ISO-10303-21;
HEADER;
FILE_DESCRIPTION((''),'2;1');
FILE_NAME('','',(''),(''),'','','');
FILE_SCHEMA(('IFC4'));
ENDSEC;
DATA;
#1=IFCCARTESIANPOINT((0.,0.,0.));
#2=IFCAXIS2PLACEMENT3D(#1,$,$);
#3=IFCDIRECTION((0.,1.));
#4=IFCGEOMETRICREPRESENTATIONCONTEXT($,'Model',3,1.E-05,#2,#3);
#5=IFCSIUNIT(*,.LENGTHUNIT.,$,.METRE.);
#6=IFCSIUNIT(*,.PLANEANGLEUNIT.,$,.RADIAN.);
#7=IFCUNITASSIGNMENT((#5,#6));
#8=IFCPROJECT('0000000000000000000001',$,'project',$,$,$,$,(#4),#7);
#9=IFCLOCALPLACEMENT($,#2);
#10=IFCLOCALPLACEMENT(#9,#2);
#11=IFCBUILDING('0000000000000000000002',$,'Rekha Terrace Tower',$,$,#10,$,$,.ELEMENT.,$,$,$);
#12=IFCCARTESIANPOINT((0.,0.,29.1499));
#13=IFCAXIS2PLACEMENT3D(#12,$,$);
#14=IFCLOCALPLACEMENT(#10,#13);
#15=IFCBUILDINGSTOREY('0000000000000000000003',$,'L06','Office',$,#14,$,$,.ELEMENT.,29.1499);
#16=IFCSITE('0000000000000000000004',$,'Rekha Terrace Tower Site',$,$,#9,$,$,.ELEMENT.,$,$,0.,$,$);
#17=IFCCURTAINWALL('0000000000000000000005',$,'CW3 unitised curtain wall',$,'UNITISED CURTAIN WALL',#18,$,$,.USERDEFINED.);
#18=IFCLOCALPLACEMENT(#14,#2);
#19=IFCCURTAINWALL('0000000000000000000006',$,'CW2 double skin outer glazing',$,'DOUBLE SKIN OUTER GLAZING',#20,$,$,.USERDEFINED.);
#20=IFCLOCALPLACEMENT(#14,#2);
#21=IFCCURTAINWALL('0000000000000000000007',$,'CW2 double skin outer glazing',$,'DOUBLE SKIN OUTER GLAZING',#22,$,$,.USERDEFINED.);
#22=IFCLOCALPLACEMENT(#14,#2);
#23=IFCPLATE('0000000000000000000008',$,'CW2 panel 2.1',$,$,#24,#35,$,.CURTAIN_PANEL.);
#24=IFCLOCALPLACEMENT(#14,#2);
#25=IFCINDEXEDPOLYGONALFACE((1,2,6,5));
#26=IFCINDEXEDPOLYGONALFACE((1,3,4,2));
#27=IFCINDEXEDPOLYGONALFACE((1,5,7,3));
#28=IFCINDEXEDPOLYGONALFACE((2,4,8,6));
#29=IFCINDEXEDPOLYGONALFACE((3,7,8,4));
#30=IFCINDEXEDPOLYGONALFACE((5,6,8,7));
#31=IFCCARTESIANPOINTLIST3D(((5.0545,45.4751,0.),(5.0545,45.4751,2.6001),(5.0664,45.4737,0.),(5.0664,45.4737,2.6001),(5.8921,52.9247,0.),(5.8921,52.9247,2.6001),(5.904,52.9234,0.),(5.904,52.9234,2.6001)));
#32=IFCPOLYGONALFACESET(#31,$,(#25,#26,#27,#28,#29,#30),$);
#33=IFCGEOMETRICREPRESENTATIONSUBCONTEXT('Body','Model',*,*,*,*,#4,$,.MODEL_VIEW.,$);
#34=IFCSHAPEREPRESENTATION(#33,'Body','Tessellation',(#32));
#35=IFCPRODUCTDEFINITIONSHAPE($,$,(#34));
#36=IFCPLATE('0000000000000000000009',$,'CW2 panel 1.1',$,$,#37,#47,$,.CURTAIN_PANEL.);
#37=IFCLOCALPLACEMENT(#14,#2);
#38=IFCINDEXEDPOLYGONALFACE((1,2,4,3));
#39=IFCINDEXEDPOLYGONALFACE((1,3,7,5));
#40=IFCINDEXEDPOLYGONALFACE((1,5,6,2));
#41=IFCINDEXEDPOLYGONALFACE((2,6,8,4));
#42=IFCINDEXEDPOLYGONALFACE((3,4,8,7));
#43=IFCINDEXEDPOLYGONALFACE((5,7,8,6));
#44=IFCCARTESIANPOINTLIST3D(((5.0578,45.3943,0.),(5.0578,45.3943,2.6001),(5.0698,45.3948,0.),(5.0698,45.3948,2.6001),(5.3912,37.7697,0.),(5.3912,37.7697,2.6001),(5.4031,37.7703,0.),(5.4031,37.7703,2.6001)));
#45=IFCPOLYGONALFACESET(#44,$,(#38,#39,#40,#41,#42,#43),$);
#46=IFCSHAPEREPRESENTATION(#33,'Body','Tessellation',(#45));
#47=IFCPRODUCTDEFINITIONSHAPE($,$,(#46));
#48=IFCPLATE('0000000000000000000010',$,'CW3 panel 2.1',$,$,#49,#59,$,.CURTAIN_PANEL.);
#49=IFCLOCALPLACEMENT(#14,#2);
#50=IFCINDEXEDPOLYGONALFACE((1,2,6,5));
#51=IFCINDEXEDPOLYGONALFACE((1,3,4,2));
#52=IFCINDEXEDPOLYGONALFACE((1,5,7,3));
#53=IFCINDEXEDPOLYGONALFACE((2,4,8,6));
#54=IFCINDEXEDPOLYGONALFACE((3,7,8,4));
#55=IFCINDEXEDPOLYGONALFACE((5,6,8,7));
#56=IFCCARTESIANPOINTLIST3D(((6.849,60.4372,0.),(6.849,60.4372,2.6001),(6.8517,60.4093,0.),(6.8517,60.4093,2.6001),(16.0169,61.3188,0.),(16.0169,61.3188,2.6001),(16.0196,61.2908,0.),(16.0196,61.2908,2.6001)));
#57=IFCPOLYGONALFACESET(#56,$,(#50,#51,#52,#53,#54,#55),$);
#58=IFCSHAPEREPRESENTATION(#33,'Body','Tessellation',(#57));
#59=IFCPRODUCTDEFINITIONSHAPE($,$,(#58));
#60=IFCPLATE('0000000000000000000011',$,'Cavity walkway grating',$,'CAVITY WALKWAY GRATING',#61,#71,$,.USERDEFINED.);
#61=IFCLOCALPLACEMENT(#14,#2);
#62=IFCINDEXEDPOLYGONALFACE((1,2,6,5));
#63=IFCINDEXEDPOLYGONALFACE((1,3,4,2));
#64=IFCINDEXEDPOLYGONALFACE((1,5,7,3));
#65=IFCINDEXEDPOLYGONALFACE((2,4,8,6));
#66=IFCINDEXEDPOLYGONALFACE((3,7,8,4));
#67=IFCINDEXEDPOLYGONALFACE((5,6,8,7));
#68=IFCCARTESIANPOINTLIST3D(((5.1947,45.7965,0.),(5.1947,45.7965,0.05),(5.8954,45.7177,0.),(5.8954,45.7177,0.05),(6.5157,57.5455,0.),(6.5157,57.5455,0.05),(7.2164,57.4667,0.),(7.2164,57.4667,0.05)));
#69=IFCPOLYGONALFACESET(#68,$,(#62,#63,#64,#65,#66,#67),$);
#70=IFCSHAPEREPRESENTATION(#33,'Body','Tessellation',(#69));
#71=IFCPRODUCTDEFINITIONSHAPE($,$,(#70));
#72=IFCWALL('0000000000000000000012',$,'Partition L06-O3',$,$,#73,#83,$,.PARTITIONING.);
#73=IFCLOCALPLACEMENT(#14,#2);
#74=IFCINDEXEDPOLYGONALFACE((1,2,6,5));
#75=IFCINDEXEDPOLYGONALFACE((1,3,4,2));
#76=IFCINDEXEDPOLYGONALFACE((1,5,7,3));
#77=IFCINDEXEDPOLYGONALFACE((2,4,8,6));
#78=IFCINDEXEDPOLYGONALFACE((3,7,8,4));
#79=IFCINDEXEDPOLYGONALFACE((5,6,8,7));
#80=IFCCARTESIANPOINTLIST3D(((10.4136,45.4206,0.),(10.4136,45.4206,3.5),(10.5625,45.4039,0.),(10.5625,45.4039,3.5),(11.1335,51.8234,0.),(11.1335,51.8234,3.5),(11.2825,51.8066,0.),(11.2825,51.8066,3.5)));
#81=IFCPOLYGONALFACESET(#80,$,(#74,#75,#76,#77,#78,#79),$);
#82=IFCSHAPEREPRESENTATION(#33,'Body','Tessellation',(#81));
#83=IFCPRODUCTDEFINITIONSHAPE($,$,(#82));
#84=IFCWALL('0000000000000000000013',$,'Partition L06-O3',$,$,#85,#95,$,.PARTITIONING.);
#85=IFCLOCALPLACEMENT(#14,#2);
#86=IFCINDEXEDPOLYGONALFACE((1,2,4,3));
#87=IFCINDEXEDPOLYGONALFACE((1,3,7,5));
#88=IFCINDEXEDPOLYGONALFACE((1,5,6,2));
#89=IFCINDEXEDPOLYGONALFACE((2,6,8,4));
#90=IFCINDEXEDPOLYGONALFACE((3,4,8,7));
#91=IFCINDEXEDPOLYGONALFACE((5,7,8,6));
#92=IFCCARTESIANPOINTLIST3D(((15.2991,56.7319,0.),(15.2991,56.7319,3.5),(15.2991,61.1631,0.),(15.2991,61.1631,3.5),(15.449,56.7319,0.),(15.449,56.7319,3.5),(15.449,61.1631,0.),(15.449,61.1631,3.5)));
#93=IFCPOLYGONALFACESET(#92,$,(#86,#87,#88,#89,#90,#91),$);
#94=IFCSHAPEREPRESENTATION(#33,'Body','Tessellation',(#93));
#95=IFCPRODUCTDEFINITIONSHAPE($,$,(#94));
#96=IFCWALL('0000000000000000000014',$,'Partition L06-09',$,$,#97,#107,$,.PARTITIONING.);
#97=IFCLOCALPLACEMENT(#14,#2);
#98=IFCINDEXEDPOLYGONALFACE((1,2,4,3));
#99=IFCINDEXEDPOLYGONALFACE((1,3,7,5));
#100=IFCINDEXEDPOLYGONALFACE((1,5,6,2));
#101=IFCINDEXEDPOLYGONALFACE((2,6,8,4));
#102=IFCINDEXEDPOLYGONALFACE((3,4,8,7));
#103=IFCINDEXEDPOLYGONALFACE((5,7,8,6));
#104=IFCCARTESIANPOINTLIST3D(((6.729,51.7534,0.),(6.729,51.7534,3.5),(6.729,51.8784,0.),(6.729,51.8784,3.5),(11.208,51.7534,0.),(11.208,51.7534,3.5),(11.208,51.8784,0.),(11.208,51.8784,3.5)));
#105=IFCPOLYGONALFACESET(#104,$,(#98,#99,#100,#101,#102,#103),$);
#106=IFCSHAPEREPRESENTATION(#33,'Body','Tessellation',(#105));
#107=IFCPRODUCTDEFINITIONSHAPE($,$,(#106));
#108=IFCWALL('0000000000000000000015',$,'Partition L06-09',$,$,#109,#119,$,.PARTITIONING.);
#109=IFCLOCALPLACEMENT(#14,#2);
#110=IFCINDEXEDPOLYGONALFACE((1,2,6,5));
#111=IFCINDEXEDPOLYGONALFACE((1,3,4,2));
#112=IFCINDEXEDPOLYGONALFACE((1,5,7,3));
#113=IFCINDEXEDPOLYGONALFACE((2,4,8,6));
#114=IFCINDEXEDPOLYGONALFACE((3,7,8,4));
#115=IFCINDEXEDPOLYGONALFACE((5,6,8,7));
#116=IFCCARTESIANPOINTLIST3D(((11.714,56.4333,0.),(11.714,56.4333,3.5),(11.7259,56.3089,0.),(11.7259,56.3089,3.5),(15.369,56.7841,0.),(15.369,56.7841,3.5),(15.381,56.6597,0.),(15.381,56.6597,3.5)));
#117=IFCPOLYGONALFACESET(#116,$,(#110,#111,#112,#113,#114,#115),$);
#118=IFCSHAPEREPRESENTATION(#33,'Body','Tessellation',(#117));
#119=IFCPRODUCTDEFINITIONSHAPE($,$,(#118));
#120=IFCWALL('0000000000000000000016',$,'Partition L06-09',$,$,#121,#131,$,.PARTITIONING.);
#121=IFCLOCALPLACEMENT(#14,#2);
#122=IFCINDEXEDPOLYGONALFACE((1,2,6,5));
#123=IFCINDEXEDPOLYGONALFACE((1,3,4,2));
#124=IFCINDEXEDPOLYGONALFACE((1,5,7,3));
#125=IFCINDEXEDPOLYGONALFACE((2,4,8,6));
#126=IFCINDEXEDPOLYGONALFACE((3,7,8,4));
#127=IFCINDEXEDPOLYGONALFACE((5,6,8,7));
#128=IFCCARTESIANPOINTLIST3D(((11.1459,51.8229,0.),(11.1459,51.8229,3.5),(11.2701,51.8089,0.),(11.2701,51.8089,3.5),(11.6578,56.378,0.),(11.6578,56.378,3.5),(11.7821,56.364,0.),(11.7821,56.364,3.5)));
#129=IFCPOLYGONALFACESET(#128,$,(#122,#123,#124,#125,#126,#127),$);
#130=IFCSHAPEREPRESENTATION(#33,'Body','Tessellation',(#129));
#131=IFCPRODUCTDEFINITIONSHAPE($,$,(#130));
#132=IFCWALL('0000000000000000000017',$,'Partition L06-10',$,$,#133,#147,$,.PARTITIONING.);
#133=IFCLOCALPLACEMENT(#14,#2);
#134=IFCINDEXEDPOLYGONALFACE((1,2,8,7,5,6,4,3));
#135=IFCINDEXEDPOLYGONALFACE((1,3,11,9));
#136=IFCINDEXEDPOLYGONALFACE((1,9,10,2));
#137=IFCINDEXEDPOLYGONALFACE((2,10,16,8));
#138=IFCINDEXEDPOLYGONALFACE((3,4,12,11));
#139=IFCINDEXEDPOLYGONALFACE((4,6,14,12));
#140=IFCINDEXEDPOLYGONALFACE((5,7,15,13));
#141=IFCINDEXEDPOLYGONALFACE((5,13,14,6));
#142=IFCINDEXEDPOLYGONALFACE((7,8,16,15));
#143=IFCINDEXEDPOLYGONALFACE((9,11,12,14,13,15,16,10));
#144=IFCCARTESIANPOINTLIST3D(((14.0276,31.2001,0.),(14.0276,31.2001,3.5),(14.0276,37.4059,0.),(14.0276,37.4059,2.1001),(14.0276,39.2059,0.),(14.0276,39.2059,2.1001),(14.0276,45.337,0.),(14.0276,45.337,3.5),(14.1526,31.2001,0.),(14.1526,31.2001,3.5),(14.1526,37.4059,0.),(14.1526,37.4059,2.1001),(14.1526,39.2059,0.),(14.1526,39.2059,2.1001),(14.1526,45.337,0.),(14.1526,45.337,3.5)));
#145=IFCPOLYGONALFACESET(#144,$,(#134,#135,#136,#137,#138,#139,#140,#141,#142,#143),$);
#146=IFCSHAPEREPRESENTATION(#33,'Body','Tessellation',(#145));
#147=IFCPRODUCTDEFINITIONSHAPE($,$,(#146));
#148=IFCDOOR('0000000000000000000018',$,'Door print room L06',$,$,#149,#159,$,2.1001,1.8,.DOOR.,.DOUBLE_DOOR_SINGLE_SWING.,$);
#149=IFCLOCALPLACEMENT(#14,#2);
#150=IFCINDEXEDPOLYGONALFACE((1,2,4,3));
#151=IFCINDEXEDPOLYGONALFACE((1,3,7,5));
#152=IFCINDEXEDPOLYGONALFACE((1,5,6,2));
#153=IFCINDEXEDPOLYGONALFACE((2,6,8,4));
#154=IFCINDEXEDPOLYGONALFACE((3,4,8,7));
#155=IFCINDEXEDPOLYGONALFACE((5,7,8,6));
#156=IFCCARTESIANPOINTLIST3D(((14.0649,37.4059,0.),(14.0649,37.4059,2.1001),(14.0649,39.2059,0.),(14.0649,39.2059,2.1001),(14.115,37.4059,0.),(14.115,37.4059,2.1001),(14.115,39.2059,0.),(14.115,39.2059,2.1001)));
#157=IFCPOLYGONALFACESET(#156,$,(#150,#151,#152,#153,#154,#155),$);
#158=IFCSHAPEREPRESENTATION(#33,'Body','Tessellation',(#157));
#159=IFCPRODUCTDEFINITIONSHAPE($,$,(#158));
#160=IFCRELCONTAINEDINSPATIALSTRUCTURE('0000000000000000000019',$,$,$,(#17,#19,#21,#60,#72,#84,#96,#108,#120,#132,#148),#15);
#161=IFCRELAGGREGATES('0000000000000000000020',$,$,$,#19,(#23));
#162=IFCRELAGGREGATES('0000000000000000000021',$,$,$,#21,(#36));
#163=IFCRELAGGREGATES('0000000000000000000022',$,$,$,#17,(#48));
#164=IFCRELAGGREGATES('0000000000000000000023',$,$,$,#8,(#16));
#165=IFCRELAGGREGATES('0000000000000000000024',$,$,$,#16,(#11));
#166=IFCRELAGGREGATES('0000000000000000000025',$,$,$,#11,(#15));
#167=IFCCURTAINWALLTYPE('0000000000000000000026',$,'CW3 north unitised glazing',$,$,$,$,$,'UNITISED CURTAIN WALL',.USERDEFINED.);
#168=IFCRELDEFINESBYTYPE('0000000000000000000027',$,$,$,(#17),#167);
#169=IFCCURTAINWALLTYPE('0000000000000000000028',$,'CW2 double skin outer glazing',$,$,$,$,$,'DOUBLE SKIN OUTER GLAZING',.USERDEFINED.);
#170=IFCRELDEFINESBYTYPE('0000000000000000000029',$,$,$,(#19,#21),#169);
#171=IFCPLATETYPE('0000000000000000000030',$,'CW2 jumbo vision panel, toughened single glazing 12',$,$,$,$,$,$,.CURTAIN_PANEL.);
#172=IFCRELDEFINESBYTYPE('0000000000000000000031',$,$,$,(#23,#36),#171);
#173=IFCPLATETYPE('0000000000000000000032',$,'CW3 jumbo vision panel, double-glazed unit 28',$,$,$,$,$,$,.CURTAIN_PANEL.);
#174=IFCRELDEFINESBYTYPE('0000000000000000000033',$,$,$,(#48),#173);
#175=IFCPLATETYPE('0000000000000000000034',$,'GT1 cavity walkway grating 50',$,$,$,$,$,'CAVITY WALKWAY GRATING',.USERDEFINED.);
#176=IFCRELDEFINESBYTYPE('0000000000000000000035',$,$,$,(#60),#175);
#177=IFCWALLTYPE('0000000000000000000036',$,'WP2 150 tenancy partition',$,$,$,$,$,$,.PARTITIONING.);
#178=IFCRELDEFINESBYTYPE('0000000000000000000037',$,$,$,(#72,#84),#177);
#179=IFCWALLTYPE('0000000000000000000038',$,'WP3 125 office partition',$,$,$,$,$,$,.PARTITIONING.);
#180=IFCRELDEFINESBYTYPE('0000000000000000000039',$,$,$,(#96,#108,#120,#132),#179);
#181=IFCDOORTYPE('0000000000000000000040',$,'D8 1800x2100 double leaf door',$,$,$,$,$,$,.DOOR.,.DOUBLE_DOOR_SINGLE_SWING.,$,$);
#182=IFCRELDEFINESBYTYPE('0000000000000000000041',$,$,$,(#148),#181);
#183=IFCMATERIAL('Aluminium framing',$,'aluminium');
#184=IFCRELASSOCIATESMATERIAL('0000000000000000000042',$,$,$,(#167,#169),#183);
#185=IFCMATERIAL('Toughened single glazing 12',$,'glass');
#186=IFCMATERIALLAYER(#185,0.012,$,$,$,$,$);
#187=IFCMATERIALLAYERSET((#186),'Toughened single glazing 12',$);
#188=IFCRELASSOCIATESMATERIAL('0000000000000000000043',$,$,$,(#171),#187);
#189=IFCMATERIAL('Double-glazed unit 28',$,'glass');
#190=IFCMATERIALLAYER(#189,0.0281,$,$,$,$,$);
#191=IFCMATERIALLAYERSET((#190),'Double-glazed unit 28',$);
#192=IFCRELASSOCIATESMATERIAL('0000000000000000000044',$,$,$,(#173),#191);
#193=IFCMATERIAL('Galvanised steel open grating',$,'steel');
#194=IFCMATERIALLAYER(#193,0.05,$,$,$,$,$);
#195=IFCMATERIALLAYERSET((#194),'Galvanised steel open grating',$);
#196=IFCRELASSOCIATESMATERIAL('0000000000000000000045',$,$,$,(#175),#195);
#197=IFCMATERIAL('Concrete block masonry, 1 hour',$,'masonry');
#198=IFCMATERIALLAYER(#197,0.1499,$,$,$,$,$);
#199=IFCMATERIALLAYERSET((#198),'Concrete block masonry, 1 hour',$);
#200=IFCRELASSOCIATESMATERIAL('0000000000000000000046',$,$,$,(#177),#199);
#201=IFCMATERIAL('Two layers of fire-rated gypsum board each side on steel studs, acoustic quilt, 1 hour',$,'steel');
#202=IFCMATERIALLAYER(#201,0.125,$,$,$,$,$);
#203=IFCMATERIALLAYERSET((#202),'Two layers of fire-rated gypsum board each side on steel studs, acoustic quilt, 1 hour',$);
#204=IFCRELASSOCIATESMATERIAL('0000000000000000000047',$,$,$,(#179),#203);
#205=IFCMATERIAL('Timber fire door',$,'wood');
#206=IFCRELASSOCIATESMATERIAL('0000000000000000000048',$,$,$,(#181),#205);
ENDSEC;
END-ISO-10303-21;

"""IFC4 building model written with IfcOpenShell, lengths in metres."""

from ifc_helpers import new_model, si_unit, direction, frame, frame_2d, origin, origin_2d, place, context, subcontext, project, spatial, rectangle, extrude, material, layer, layer_set, type_object, element, fill, aggregate, save


model = new_model("IFC4")

# Units and contexts
model_context = context("Model", 3, precision=1e-05, world=origin(), true_north=direction((0.0, 1.0)))
body_context = subcontext(model_context, "Body", "Model", "MODEL_VIEW")
ifc_project = project(units=[si_unit("LENGTHUNIT", "METRE"), si_unit("PLANEANGLEUNIT", "RADIAN")], contexts=[model_context])

# Site, building, storey
site_placement = place(None, origin())
site = spatial("IfcSite", under=ifc_project, at=site_placement, Name="Rekha Terrace Tower Site", CompositionType="ELEMENT", RefElevation=0.0)
building_placement = place(site_placement, origin())
building = spatial("IfcBuilding", under=site, at=building_placement, Name="Rekha Terrace Tower", CompositionType="ELEMENT")
storey_placement = place(building_placement, frame((0.0, 0.0, 29.1499)))
storey = spatial("IfcBuildingStorey", under=building, at=storey_placement, Name="L06", Description="Office", CompositionType="ELEMENT", Elevation=29.1499)

# Curtain walls
ifc_material_1 = material(Name="Aluminium framing", Category="aluminium")
curtain_wall_type_1 = type_object("IfcCurtainWallType", Name="CW3 north unitised glazing", ElementType="UNITISED CURTAIN WALL", PredefinedType="USERDEFINED", material=ifc_material_1)
curtain_wall_1_placement = place(storey_placement, origin())
curtain_wall_1 = element("IfcCurtainWall", 1, at=curtain_wall_1_placement, inside=storey, type_object=curtain_wall_type_1, Name="CW3 unitised curtain wall", ObjectType="UNITISED CURTAIN WALL", PredefinedType="USERDEFINED")
curtain_wall_type_2 = type_object("IfcCurtainWallType", Name="CW2 double skin outer glazing", ElementType="DOUBLE SKIN OUTER GLAZING", PredefinedType="USERDEFINED", material=ifc_material_1)
curtain_wall_2_placement = place(storey_placement, origin())
curtain_wall_2 = element("IfcCurtainWall", 2, at=curtain_wall_2_placement, inside=storey, type_object=curtain_wall_type_2, Name="CW2 double skin outer glazing", ObjectType="DOUBLE SKIN OUTER GLAZING", PredefinedType="USERDEFINED")

# Curtain wall
curtain_wall_3_placement = place(storey_placement, origin())
curtain_wall_3 = element("IfcCurtainWall", 3, at=curtain_wall_3_placement, inside=storey, type_object=curtain_wall_type_2, Name="CW2 double skin outer glazing", ObjectType="DOUBLE SKIN OUTER GLAZING", PredefinedType="USERDEFINED")

# Plates
ifc_material_2 = material(Name="Toughened single glazing 12", Category="glass")
ifc_layer_1 = layer(ifc_material_2, 0.012)
ifc_layer_set_1 = layer_set([ifc_layer_1], Name="Toughened single glazing 12")
plate_type_1 = type_object("IfcPlateType", Name="CW2 jumbo vision panel, toughened single glazing 12", PredefinedType="CURTAIN_PANEL", material=ifc_layer_set_1)
plate_1_placement = place(storey_placement, frame((5.4792, 49.1992, 0.0), z_axis=(0.0, 0.0, 1.0), x_axis=(-0.11173, -0.993739, 0.0)))
plate_1 = element("IfcPlate", 4, at=plate_1_placement, type_object=plate_type_1, Name="CW2 panel 2.1", PredefinedType="CURTAIN_PANEL", context=body_context, shape_type="SweptSolid", body=[
    extrude(rectangle(XDim=7.4966, YDim=0.012, at=origin_2d()), origin(), (0.0, 0.0, 1.0), 2.6001),
])
aggregate(curtain_wall_2, [plate_1])
plate_2_placement = place(storey_placement, frame((5.2305, 41.5823, 0.0), z_axis=(0.0, 0.0, 1.0), x_axis=(0.043683, -0.999045, 0.0)))
plate_2 = element("IfcPlate", 5, at=plate_2_placement, type_object=plate_type_1, Name="CW2 panel 1.1", PredefinedType="CURTAIN_PANEL", context=body_context, shape_type="SweptSolid", body=[
    extrude(rectangle(XDim=7.6318, YDim=0.012, at=origin_2d()), origin(), (0.0, 0.0, 1.0), 2.6001),
])
aggregate(curtain_wall_3, [plate_2])
ifc_material_3 = material(Name="Double-glazed unit 28", Category="glass")
ifc_layer_2 = layer(ifc_material_3, 0.0281)
ifc_layer_set_2 = layer_set([ifc_layer_2], Name="Double-glazed unit 28")
plate_type_2 = type_object("IfcPlateType", Name="CW3 jumbo vision panel, double-glazed unit 28", PredefinedType="CURTAIN_PANEL", material=ifc_layer_set_2)
plate_3_placement = place(storey_placement, frame((11.4343, 60.864, 0.0), z_axis=(0.0, 0.0, 1.0), x_axis=(-0.995409, -0.095712, 0.0)))
plate_3 = element("IfcPlate", 6, at=plate_3_placement, type_object=plate_type_2, Name="CW3 panel 2.1", PredefinedType="CURTAIN_PANEL", context=body_context, shape_type="SweptSolid", body=[
    extrude(rectangle(XDim=9.2102, YDim=0.0281, at=origin_2d()), origin(), (0.0, 0.0, 1.0), 2.6001),
])
aggregate(curtain_wall_1, [plate_3])
ifc_material_4 = material(Name="Galvanised steel open grating", Category="steel")
ifc_layer_3 = layer(ifc_material_4, 0.05)
ifc_layer_set_3 = layer_set([ifc_layer_3], Name="Galvanised steel open grating")
plate_type_3 = type_object("IfcPlateType", Name="GT1 cavity walkway grating 50", ElementType="CAVITY WALKWAY GRATING", PredefinedType="USERDEFINED", material=ifc_layer_set_3)
plate_4_placement = place(storey_placement, frame((6.2056, 51.6316, 0.0), z_axis=(0.0, 0.0, 1.0), x_axis=(-0.11173, -0.993739, 0.0)))
element("IfcPlate", 7, at=plate_4_placement, inside=storey, type_object=plate_type_3, Name="Cavity walkway grating", ObjectType="CAVITY WALKWAY GRATING", PredefinedType="USERDEFINED", context=body_context, shape_type="SweptSolid", body=[
    extrude(rectangle(XDim=11.823, YDim=0.7051, at=origin_2d()), origin(), (0.0, 0.0, 1.0), 0.05),
])

# Walls
ifc_material_5 = material(Name="Concrete block masonry, 1 hour", Category="masonry")
ifc_layer_4 = layer(ifc_material_5, 0.1499)
ifc_layer_set_4 = layer_set([ifc_layer_4], Name="Concrete block masonry, 1 hour")
wall_type_1 = type_object("IfcWallType", Name="WP2 150 tenancy partition", PredefinedType="PARTITIONING", material=ifc_layer_set_4)
wall_1_placement = place(storey_placement, frame((10.488, 45.4121, 0.0), z_axis=(0.0, 0.0, 1.0), x_axis=(0.111741, 0.993737, 0.0)))
element("IfcWall", 8, at=wall_1_placement, inside=storey, type_object=wall_type_1, Name="Partition L06-O3", PredefinedType="PARTITIONING", context=body_context, shape_type="SweptSolid", body=[
    extrude(rectangle(XDim=6.4431, YDim=0.1499, at=frame_2d((3.2217, 0.0))), origin(), (0.0, 0.0, 1.0), 3.5),
])
wall_2_placement = place(storey_placement, frame((15.374, 56.7319, 0.0), z_axis=(0.0, 0.0, 1.0), x_axis=(0.0, 1.0, 0.0)))
element("IfcWall", 9, at=wall_2_placement, inside=storey, type_object=wall_type_1, Name="Partition L06-O3", PredefinedType="PARTITIONING", context=body_context, shape_type="SweptSolid", body=[
    extrude(rectangle(XDim=4.4312, YDim=0.1499, at=frame_2d((2.2156, 0.0))), origin(), (0.0, 0.0, 1.0), 3.5),
])
ifc_material_6 = material(Name="Two layers of fire-rated gypsum board each side on steel studs, acoustic quilt, 1 hour", Category="steel")
ifc_layer_5 = layer(ifc_material_6, 0.125)
ifc_layer_set_5 = layer_set([ifc_layer_5], Name="Two layers of fire-rated gypsum board each side on steel studs, acoustic quilt, 1 hour")
wall_type_2 = type_object("IfcWallType", Name="WP3 125 office partition", PredefinedType="PARTITIONING", material=ifc_layer_set_5)
wall_3_placement = place(storey_placement, frame((11.208, 51.8159, 0.0), z_axis=(0.0, 0.0, 1.0), x_axis=(-1.0, 0.0, 0.0)))
element("IfcWall", 10, at=wall_3_placement, inside=storey, type_object=wall_type_2, Name="Partition L06-09", PredefinedType="PARTITIONING", context=body_context, shape_type="SweptSolid", body=[
    extrude(rectangle(XDim=4.479, YDim=0.125, at=frame_2d((2.2395, 0.0))), origin(), (0.0, 0.0, 1.0), 3.5),
])
wall_4_placement = place(storey_placement, frame((15.375, 56.7219, 0.0), z_axis=(0.0, 0.0, 1.0), x_axis=(-0.995425, -0.095546, 0.0)))
element("IfcWall", 11, at=wall_4_placement, inside=storey, type_object=wall_type_2, Name="Partition L06-09", PredefinedType="PARTITIONING", context=body_context, shape_type="SweptSolid", body=[
    extrude(rectangle(XDim=3.6719, YDim=0.125, at=frame_2d((1.8359, 0.0))), origin(), (0.0, 0.0, 1.0), 3.5),
])
wall_5_placement = place(storey_placement, frame((11.72, 56.3711, 0.0), z_axis=(0.0, 0.0, 1.0), x_axis=(-0.111688, -0.993743, 0.0)))
element("IfcWall", 12, at=wall_5_placement, inside=storey, type_object=wall_type_2, Name="Partition L06-09", PredefinedType="PARTITIONING", context=body_context, shape_type="SweptSolid", body=[
    extrude(rectangle(XDim=4.5837, YDim=0.125, at=frame_2d((2.292, 0.0))), origin(), (0.0, 0.0, 1.0), 3.5),
])

# Wall, opening, door
wall_6_placement = place(storey_placement, frame((14.0901, 45.3369, 0.0), z_axis=(0.0, 0.0, 1.0), x_axis=(0.0, -1.0, 0.0)))
wall_6 = element("IfcWall", 13, at=wall_6_placement, inside=storey, type_object=wall_type_2, Name="Partition L06-10", PredefinedType="PARTITIONING", context=body_context, shape_type="SweptSolid", body=[
    extrude(rectangle(XDim=14.137, YDim=0.125, at=frame_2d((7.0684, 0.0))), origin(), (0.0, 0.0, 1.0), 3.5),
])
opening_placement = place(wall_6_placement, frame((6.1311, 0.0, 0.0)))
opening = element("IfcOpeningElement", 14, at=opening_placement, cuts=wall_6, PredefinedType="OPENING", context=body_context, shape_type="SweptSolid", body=[
    extrude(rectangle(XDim=1.8, YDim=2.1001, at=frame_2d((0.8999, 1.05))), frame((0.0, 0.0725, 0.0), z_axis=(0.0, -1.0, 0.0), x_axis=(1.0, 0.0, 0.0)), (0.0, 0.0, 1.0), 0.145),
])
ifc_material_7 = material(Name="Timber fire door", Category="wood")
door_type = type_object("IfcDoorType", Name="D8 1800x2100 double leaf door", OperationType="DOUBLE_DOOR_SINGLE_SWING", PredefinedType="DOOR", material=ifc_material_7)
door_placement = place(opening_placement, origin())
door = element("IfcDoor", 15, at=door_placement, inside=storey, type_object=door_type, Name="Door print room L06", OperationType="DOUBLE_DOOR_SINGLE_SWING", OverallHeight=2.1001, OverallWidth=1.8, PredefinedType="DOOR", context=body_context, shape_type="SweptSolid", body=[
    extrude(rectangle(XDim=1.8, YDim=2.1001, at=frame_2d((0.8999, 1.05))), frame((0.0, 0.0249, 0.0), z_axis=(0.0, -1.0, 0.0), x_axis=(1.0, 0.0, 0.0)), (0.0, 0.0, 1.0), 0.05),
])
fill(opening, door)

save(model, "model.ifc")
